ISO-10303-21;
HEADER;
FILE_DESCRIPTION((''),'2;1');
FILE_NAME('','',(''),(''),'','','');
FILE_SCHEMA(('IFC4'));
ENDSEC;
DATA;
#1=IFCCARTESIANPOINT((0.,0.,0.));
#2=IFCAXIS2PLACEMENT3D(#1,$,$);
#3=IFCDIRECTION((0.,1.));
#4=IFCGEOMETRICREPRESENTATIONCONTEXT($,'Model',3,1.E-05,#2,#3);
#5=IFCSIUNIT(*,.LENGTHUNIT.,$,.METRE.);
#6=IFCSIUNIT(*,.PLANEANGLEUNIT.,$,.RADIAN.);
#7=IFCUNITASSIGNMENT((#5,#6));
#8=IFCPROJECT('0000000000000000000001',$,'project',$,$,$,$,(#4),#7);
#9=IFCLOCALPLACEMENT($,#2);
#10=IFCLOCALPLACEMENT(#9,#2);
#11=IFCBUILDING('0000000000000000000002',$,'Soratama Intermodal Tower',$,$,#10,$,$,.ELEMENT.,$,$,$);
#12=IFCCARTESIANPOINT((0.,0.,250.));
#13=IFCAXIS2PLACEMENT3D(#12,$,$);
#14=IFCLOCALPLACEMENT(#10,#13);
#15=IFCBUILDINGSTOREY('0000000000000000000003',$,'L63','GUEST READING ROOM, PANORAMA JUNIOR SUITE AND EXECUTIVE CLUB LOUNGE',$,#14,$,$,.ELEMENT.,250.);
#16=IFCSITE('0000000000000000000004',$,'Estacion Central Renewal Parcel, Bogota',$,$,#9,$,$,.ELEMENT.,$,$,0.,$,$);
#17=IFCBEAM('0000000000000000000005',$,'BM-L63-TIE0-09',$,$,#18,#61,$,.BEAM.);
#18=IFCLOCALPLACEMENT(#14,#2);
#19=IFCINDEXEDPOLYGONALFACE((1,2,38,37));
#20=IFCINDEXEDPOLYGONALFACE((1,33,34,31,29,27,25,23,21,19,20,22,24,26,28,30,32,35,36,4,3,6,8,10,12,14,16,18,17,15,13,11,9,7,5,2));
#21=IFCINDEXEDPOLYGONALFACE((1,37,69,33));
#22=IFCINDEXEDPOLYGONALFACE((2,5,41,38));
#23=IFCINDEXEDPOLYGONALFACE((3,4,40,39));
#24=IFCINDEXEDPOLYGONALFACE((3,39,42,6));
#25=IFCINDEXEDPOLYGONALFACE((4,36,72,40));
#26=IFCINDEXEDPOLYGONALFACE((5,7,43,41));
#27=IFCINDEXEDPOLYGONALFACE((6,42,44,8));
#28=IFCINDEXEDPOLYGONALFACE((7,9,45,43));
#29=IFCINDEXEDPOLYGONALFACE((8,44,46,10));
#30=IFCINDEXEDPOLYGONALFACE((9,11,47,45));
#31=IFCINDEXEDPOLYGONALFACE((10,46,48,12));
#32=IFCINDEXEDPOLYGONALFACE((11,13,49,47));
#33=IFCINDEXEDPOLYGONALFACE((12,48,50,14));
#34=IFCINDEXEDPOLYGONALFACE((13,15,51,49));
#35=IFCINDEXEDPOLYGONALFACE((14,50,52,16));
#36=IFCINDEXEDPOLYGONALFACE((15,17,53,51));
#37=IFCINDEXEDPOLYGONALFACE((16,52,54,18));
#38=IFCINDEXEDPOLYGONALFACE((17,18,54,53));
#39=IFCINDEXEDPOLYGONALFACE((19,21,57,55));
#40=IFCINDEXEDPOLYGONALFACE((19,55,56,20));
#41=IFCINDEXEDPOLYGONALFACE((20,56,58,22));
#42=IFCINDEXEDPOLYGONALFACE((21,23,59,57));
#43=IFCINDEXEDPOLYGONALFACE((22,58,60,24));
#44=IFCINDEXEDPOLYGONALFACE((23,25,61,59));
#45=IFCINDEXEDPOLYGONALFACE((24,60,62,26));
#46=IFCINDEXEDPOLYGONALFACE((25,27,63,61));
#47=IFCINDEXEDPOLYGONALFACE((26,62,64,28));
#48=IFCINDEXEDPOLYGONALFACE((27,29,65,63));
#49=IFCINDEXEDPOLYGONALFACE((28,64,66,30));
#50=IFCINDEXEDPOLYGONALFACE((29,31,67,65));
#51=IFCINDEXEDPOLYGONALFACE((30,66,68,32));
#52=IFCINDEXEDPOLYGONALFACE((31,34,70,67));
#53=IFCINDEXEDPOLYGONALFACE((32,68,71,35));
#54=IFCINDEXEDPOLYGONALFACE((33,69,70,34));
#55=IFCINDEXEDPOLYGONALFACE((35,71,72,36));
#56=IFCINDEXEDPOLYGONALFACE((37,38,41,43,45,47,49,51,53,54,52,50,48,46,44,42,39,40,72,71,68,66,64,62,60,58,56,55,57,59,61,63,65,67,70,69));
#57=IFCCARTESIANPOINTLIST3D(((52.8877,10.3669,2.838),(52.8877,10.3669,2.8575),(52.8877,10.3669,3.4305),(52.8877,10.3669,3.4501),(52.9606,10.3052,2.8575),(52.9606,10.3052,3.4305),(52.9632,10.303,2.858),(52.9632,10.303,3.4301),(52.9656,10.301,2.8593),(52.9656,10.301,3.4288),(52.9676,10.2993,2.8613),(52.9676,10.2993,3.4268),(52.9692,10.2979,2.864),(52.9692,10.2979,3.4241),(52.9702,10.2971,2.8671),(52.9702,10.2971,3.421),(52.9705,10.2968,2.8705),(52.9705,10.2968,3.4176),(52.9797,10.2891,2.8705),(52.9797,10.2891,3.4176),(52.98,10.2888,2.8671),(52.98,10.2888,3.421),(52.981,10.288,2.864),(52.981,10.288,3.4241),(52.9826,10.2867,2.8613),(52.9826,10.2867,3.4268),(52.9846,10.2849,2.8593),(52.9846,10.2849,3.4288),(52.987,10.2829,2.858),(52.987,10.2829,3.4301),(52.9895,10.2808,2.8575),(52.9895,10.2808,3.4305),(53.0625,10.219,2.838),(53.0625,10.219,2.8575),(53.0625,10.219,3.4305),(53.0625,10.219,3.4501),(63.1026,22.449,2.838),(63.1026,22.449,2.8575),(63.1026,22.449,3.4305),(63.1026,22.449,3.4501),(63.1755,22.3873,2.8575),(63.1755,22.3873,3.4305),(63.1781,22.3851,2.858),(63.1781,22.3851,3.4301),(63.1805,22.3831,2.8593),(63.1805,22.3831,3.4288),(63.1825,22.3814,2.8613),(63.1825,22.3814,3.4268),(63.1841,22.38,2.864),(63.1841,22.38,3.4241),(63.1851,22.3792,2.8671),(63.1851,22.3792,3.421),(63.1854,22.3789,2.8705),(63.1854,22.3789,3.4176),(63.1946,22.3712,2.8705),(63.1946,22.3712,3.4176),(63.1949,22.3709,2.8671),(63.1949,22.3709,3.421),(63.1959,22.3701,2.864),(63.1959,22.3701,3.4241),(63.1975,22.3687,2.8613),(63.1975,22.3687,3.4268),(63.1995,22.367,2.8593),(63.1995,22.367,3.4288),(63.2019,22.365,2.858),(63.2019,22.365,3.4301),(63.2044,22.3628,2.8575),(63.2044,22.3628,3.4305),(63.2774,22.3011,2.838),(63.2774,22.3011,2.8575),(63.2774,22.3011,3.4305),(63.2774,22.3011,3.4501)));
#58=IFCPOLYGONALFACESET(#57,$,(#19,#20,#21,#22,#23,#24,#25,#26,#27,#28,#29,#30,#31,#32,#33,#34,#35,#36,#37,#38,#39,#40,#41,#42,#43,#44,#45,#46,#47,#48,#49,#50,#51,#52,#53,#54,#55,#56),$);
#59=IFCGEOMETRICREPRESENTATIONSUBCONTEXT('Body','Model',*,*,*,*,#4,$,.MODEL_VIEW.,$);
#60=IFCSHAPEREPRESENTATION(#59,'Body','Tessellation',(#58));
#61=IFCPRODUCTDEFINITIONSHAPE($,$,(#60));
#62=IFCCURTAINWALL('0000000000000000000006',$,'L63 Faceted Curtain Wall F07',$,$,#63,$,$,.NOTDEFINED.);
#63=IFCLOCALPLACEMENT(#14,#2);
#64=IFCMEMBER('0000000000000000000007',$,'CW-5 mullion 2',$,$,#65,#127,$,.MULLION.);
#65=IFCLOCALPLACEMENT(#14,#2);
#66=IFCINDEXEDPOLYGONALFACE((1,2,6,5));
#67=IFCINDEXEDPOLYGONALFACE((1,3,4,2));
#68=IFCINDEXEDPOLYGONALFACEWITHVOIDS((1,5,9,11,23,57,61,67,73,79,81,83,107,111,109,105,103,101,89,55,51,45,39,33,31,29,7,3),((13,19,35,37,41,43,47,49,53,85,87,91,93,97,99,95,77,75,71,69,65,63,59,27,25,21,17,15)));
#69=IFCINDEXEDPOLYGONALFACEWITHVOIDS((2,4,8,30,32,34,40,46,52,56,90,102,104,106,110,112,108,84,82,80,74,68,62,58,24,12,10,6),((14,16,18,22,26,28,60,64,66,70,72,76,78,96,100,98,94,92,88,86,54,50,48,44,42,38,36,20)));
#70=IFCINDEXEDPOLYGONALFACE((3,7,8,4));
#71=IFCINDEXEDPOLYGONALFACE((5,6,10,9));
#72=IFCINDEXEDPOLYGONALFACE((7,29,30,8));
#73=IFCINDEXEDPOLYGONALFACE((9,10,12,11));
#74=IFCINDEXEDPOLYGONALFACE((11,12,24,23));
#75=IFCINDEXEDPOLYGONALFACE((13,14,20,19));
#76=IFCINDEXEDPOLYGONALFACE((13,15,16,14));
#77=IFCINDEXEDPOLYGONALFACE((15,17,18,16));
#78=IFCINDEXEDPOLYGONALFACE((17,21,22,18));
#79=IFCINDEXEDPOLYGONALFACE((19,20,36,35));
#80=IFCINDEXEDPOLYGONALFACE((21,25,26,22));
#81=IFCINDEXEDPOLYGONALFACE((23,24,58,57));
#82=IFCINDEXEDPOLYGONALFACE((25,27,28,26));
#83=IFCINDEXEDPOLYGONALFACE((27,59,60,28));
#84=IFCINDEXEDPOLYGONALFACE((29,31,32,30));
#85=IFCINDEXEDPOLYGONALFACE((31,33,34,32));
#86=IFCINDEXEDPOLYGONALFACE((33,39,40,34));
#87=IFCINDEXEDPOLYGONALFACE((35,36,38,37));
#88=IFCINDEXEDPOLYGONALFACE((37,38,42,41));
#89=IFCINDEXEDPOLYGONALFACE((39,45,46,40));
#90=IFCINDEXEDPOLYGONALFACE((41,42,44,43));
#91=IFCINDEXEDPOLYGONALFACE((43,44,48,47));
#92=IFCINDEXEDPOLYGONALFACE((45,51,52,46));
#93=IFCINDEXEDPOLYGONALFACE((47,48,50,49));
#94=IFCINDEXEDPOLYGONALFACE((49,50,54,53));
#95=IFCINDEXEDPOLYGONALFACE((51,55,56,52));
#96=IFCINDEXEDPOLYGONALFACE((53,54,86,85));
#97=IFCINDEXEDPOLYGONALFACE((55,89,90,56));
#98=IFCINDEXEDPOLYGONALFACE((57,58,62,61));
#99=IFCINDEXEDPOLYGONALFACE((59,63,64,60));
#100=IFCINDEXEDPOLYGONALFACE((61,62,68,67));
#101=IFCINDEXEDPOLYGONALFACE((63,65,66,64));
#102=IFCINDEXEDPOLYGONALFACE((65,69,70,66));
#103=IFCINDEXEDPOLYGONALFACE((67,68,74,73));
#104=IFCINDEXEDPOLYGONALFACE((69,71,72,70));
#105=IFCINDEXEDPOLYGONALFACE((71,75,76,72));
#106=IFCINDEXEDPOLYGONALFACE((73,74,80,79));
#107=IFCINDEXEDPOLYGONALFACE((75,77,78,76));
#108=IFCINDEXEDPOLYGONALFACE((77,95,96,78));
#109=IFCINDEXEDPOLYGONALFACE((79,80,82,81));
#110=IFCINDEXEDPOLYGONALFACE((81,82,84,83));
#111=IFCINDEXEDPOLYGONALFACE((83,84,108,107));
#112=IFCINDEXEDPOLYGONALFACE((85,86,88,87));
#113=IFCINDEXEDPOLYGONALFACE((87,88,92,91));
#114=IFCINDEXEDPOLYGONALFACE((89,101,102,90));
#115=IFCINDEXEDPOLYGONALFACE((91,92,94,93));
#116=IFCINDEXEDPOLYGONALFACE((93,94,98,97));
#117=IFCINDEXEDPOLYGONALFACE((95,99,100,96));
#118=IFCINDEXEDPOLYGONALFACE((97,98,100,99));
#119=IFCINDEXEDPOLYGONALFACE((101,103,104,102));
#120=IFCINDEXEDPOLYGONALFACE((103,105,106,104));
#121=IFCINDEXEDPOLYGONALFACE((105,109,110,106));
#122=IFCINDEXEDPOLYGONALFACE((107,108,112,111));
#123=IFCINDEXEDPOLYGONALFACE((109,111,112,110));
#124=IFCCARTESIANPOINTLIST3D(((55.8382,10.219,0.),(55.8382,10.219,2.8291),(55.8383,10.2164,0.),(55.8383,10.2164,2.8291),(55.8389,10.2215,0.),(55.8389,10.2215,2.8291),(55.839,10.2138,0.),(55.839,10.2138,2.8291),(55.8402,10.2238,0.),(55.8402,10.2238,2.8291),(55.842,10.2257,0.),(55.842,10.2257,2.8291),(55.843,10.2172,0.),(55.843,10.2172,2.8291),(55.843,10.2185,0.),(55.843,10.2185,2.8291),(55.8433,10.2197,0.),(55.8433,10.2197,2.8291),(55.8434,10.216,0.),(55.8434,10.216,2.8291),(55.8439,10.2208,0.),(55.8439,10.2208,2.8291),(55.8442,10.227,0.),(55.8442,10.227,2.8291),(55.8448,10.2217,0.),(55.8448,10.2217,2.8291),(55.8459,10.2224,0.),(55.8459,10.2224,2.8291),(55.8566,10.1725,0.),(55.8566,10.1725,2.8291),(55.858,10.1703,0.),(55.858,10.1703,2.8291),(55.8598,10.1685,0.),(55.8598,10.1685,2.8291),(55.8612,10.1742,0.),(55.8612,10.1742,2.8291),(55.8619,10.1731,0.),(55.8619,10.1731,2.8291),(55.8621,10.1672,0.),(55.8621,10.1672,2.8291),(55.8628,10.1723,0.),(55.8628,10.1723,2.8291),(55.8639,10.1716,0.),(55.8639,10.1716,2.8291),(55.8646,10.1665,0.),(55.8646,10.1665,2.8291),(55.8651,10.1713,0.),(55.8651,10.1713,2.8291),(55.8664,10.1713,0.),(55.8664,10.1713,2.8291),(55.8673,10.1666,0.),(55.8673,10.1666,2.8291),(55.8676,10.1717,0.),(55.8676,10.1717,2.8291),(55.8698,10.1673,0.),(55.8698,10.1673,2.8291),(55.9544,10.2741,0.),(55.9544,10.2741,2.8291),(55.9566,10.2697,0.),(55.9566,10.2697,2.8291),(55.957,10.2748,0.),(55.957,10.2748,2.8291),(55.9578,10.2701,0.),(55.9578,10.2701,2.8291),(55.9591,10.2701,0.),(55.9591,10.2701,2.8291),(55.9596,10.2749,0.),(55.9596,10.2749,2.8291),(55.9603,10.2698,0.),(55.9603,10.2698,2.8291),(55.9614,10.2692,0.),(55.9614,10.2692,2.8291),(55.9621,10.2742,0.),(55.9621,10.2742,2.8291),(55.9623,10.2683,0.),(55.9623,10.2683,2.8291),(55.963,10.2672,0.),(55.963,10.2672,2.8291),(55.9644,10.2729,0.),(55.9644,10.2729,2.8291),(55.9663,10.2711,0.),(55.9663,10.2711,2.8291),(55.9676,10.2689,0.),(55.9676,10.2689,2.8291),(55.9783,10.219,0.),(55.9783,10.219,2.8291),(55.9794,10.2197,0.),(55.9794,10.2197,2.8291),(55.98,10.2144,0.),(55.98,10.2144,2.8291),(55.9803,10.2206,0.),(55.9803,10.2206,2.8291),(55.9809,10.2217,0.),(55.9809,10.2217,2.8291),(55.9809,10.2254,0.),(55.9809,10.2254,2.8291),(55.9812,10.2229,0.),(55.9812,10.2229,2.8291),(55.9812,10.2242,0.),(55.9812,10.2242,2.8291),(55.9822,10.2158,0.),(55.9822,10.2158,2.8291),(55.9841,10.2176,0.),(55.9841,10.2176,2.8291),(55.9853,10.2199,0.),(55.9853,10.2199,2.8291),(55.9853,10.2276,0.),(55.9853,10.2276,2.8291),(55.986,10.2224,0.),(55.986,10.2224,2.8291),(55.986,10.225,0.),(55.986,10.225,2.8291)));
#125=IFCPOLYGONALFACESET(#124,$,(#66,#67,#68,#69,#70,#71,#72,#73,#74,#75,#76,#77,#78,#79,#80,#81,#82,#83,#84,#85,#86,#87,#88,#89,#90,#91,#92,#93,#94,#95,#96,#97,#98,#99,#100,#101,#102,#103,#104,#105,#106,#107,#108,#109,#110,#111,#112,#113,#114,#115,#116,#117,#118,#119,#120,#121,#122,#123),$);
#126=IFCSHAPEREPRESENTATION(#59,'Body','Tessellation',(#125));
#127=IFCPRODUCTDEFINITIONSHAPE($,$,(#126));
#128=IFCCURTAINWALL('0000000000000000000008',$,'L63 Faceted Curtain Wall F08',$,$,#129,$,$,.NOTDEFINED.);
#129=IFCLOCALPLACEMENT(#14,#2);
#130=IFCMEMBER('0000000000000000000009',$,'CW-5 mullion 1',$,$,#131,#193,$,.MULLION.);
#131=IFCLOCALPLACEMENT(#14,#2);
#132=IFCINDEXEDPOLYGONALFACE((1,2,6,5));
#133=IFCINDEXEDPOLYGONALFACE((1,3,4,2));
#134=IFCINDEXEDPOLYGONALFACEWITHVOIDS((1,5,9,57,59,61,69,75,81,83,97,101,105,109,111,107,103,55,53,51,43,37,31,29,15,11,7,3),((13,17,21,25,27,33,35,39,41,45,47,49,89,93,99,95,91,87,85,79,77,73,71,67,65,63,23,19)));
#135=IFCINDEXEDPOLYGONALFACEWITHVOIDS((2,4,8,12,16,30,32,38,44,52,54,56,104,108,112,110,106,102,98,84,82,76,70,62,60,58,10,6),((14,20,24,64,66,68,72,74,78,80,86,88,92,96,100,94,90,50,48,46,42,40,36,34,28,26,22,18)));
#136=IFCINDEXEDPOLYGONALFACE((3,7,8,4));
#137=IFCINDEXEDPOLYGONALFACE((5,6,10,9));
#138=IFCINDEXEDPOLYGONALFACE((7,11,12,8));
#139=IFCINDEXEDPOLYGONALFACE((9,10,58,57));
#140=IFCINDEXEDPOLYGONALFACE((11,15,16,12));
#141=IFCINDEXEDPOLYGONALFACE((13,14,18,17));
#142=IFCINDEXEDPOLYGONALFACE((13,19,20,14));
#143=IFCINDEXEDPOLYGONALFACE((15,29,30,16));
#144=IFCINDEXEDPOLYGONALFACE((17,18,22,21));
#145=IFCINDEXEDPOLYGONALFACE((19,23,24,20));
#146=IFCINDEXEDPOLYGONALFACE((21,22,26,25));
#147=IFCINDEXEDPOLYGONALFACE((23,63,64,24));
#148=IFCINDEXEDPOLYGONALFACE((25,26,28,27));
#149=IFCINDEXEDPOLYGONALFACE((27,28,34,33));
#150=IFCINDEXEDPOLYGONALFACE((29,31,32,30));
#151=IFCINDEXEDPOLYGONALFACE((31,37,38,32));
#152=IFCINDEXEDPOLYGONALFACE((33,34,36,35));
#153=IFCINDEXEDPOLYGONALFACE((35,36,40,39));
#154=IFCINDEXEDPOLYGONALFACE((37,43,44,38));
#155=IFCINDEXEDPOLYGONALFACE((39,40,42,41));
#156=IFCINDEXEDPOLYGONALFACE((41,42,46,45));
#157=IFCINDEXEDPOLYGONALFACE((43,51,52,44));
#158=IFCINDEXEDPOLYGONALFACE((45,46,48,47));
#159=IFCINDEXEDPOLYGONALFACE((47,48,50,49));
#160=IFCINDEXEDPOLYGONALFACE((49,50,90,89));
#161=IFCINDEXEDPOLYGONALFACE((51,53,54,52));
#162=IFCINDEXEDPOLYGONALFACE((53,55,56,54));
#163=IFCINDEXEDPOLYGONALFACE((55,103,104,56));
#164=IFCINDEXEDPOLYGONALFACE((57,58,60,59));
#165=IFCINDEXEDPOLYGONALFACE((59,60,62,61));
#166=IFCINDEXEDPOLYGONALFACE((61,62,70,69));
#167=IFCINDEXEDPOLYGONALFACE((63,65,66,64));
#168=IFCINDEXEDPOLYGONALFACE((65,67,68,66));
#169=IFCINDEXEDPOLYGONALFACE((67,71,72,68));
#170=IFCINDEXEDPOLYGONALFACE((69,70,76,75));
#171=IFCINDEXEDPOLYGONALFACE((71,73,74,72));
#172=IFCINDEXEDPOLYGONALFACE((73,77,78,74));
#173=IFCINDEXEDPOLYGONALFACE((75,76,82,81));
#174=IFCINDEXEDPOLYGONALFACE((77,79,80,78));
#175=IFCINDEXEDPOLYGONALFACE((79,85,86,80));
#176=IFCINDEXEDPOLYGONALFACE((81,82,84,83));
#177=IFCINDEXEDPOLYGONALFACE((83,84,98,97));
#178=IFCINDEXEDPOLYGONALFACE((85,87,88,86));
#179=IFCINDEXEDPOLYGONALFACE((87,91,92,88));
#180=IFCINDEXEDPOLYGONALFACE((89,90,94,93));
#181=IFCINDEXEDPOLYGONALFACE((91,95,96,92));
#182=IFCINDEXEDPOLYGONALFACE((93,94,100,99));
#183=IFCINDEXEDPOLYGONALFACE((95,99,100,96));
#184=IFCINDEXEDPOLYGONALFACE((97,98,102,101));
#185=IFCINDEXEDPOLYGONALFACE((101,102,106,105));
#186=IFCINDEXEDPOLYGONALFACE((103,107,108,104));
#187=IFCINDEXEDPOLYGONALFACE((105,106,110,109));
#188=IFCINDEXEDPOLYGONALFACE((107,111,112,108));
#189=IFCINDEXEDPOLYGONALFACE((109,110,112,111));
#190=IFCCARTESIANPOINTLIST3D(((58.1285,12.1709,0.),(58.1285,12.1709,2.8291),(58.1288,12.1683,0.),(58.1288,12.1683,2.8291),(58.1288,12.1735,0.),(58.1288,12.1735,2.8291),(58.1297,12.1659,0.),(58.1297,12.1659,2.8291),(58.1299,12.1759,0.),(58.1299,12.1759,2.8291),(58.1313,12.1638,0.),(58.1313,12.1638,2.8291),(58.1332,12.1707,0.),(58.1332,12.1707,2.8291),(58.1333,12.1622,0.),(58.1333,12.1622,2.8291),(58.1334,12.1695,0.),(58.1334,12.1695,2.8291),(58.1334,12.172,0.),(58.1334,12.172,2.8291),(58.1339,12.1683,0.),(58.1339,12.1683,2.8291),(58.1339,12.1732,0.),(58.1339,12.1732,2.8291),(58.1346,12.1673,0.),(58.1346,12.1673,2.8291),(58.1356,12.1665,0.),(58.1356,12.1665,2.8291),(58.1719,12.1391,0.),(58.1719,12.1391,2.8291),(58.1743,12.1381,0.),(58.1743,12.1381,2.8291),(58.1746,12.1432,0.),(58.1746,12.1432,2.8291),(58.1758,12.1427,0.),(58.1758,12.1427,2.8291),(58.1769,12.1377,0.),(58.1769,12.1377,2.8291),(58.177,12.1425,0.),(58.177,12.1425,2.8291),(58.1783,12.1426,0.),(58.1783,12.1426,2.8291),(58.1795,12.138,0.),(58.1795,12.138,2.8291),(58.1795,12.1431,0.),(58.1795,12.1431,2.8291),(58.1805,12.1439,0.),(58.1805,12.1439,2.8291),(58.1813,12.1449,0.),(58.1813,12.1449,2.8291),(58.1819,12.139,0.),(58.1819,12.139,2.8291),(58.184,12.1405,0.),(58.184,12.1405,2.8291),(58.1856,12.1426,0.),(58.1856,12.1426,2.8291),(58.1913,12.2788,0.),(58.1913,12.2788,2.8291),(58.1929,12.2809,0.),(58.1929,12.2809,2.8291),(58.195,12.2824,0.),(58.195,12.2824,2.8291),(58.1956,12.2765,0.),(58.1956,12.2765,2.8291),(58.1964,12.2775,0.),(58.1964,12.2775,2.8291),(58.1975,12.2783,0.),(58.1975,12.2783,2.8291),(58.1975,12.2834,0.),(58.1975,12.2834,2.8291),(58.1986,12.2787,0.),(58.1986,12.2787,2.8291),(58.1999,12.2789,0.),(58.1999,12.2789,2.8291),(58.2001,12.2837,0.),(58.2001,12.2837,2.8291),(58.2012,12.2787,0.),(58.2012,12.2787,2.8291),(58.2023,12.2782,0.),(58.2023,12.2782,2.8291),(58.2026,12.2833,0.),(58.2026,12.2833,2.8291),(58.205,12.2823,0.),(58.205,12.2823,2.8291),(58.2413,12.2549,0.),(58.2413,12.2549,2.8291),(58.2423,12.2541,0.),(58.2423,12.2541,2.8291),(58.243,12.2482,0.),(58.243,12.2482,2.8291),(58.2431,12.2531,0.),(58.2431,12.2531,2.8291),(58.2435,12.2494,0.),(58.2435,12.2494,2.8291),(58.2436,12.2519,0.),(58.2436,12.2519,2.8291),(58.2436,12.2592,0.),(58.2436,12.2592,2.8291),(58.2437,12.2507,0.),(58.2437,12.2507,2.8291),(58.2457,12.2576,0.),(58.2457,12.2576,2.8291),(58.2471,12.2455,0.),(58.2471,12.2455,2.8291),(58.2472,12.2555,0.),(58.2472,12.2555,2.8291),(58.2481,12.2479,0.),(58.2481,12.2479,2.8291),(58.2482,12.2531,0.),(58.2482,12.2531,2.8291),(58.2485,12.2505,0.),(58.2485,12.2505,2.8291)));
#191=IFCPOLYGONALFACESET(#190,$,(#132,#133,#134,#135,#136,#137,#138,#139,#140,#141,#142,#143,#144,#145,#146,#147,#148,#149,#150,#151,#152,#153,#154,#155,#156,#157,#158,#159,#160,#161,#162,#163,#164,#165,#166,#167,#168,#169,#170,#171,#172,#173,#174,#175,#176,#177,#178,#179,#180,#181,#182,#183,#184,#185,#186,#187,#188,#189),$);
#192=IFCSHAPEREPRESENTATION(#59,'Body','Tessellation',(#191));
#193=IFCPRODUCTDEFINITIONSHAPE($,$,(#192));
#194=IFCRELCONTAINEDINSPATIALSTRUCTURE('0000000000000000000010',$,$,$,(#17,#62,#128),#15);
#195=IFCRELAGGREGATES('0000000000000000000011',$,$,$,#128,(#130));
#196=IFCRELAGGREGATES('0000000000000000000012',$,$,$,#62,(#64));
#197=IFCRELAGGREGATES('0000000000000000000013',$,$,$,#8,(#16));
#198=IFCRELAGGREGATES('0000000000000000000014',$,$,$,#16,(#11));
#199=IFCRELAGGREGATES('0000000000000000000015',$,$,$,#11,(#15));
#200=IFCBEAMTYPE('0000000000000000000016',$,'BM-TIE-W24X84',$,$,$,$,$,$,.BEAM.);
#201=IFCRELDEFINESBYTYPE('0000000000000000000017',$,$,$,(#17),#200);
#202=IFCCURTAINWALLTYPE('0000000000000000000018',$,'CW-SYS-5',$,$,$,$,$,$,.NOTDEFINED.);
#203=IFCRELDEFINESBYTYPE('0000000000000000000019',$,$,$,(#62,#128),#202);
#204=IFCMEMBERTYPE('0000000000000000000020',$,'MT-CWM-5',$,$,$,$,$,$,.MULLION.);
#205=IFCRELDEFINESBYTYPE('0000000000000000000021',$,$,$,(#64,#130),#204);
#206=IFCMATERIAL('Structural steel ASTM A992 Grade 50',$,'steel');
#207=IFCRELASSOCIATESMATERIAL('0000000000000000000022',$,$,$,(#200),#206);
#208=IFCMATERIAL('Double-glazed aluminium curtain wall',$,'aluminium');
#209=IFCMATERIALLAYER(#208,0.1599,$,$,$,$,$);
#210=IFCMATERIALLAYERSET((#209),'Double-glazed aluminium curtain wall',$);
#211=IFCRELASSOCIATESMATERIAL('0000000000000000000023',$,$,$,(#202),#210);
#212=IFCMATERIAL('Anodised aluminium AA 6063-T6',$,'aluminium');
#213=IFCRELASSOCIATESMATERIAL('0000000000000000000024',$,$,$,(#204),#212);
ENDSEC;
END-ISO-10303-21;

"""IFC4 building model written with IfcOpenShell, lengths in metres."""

from ifc_helpers import new_model, si_unit, direction, frame, origin, origin_2d, place, context, subcontext, project, spatial, hollow_rectangle, i_section, extrude, material, layer, layer_set, material_profile, profile_set, type_object, element, aggregate, save


model = new_model("IFC4")

# Units and contexts
model_context = context("Model", 3, precision=1e-05, world=origin(), true_north=direction((0.0, 1.0)))
body_context = subcontext(model_context, "Body", "Model", "MODEL_VIEW")
ifc_project = project(units=[si_unit("LENGTHUNIT", "METRE"), si_unit("PLANEANGLEUNIT", "RADIAN")], contexts=[model_context])

# Site, building, storey
site_placement = place(None, origin())
site = spatial("IfcSite", under=ifc_project, at=site_placement, Name="Estacion Central Renewal Parcel, Bogota", CompositionType="ELEMENT", RefElevation=0.0)
building_placement = place(site_placement, origin())
building = spatial("IfcBuilding", under=site, at=building_placement, Name="Soratama Intermodal Tower", CompositionType="ELEMENT")
storey_placement = place(building_placement, frame((0.0, 0.0, 250.0)))
storey = spatial("IfcBuildingStorey", under=building, at=storey_placement, Name="L63", Description="GUEST READING ROOM, PANORAMA JUNIOR SUITE AND EXECUTIVE CLUB LOUNGE", CompositionType="ELEMENT", Elevation=250.0)

# Beam
ifc_material_1 = material(Name="Structural steel ASTM A992 Grade 50", Category="steel")
ifc_material_profile_1 = material_profile(ifc_material_1, i_section(OverallWidth=0.229, OverallDepth=0.6121, WebThickness=0.012, FlangeThickness=0.0195, FilletRadius=0.0129, at=origin_2d()), Name="W24X84")
ifc_profile_set_1 = profile_set([ifc_material_profile_1], Name="Structural steel ASTM A992 Grade 50")
beam_type_1 = type_object("IfcBeamType", Name="BM-TIE-W24X84", PredefinedType="BEAM", material=ifc_profile_set_1)
beam_1_placement = place(storey_placement, frame((52.9751, 10.293, 3.144), z_axis=(0.645632, 0.763648, 0.0), x_axis=(-0.763648, 0.645632, 0.0)))
element("IfcBeam", 1, at=beam_1_placement, inside=storey, type_object=beam_type_1, Name="BM-L63-TIE0-09", PredefinedType="BEAM", context=body_context, shape_type="SweptSolid", body=[
    extrude(i_section(OverallWidth=0.229, OverallDepth=0.6121, WebThickness=0.012, FlangeThickness=0.0195, FilletRadius=0.0129, at=origin_2d()), origin(), (0.0, 0.0, 1.0), 15.8215),
])

# Curtain walls, members
ifc_material_2 = material(Name="Double-glazed aluminium curtain wall", Category="aluminium")
ifc_layer_1 = layer(ifc_material_2, 0.1599)
ifc_layer_set_1 = layer_set([ifc_layer_1], Name="Double-glazed aluminium curtain wall")
curtain_wall_type = type_object("IfcCurtainWallType", Name="CW-SYS-5", PredefinedType="NOTDEFINED", material=ifc_layer_set_1)
curtain_wall_1_placement = place(storey_placement, origin())
curtain_wall_1 = element("IfcCurtainWall", 2, at=curtain_wall_1_placement, inside=storey, type_object=curtain_wall_type, Name="L63 Faceted Curtain Wall F07", PredefinedType="NOTDEFINED")
ifc_material_3 = material(Name="Anodised aluminium AA 6063-T6", Category="aluminium")
ifc_material_profile_2 = material_profile(ifc_material_3, hollow_rectangle(XDim=0.0649, YDim=0.1399, WallThickness=0.0049, InnerFilletRadius=0.0049, OuterFilletRadius=0.01, at=origin_2d()), Name="CWM140X65X5")
ifc_profile_set_2 = profile_set([ifc_material_profile_2], Name="Anodised aluminium AA 6063-T6")
member_type_1 = type_object("IfcMemberType", Name="MT-CWM-5", PredefinedType="MULLION", material=ifc_profile_set_2)
member_1_placement = place(storey_placement, frame((55.9121, 10.2207, 0.0), z_axis=(0.0, 0.0, 1.0), x_axis=(-0.393299, 0.919411, 0.0)))
member_1 = element("IfcMember", 3, at=member_1_placement, type_object=member_type_1, Name="CW-5 mullion 2", PredefinedType="MULLION", context=body_context, shape_type="SweptSolid", body=[
    extrude(hollow_rectangle(XDim=0.0649, YDim=0.1399, WallThickness=0.0049, InnerFilletRadius=0.0049, OuterFilletRadius=0.01, at=origin_2d()), origin(), (0.0, 0.0, 1.0), 2.8291),
])
curtain_wall_2_placement = place(storey_placement, origin())
curtain_wall_2 = element("IfcCurtainWall", 4, at=curtain_wall_2_placement, inside=storey, type_object=curtain_wall_type, Name="L63 Faceted Curtain Wall F08", PredefinedType="NOTDEFINED")
member_2_placement = place(storey_placement, frame((58.1885, 12.2107, 0.0), z_axis=(0.0, 0.0, 1.0), x_axis=(-0.858602, 0.512643, 0.0)))
member_2 = element("IfcMember", 5, at=member_2_placement, type_object=member_type_1, Name="CW-5 mullion 1", PredefinedType="MULLION", context=body_context, shape_type="SweptSolid", body=[
    extrude(hollow_rectangle(XDim=0.0649, YDim=0.1399, WallThickness=0.0049, InnerFilletRadius=0.0049, OuterFilletRadius=0.01, at=origin_2d()), origin(), (0.0, 0.0, 1.0), 2.8291),
])

aggregate(curtain_wall_2, [member_2])

aggregate(curtain_wall_1, [member_1])

save(model, "model.ifc")
